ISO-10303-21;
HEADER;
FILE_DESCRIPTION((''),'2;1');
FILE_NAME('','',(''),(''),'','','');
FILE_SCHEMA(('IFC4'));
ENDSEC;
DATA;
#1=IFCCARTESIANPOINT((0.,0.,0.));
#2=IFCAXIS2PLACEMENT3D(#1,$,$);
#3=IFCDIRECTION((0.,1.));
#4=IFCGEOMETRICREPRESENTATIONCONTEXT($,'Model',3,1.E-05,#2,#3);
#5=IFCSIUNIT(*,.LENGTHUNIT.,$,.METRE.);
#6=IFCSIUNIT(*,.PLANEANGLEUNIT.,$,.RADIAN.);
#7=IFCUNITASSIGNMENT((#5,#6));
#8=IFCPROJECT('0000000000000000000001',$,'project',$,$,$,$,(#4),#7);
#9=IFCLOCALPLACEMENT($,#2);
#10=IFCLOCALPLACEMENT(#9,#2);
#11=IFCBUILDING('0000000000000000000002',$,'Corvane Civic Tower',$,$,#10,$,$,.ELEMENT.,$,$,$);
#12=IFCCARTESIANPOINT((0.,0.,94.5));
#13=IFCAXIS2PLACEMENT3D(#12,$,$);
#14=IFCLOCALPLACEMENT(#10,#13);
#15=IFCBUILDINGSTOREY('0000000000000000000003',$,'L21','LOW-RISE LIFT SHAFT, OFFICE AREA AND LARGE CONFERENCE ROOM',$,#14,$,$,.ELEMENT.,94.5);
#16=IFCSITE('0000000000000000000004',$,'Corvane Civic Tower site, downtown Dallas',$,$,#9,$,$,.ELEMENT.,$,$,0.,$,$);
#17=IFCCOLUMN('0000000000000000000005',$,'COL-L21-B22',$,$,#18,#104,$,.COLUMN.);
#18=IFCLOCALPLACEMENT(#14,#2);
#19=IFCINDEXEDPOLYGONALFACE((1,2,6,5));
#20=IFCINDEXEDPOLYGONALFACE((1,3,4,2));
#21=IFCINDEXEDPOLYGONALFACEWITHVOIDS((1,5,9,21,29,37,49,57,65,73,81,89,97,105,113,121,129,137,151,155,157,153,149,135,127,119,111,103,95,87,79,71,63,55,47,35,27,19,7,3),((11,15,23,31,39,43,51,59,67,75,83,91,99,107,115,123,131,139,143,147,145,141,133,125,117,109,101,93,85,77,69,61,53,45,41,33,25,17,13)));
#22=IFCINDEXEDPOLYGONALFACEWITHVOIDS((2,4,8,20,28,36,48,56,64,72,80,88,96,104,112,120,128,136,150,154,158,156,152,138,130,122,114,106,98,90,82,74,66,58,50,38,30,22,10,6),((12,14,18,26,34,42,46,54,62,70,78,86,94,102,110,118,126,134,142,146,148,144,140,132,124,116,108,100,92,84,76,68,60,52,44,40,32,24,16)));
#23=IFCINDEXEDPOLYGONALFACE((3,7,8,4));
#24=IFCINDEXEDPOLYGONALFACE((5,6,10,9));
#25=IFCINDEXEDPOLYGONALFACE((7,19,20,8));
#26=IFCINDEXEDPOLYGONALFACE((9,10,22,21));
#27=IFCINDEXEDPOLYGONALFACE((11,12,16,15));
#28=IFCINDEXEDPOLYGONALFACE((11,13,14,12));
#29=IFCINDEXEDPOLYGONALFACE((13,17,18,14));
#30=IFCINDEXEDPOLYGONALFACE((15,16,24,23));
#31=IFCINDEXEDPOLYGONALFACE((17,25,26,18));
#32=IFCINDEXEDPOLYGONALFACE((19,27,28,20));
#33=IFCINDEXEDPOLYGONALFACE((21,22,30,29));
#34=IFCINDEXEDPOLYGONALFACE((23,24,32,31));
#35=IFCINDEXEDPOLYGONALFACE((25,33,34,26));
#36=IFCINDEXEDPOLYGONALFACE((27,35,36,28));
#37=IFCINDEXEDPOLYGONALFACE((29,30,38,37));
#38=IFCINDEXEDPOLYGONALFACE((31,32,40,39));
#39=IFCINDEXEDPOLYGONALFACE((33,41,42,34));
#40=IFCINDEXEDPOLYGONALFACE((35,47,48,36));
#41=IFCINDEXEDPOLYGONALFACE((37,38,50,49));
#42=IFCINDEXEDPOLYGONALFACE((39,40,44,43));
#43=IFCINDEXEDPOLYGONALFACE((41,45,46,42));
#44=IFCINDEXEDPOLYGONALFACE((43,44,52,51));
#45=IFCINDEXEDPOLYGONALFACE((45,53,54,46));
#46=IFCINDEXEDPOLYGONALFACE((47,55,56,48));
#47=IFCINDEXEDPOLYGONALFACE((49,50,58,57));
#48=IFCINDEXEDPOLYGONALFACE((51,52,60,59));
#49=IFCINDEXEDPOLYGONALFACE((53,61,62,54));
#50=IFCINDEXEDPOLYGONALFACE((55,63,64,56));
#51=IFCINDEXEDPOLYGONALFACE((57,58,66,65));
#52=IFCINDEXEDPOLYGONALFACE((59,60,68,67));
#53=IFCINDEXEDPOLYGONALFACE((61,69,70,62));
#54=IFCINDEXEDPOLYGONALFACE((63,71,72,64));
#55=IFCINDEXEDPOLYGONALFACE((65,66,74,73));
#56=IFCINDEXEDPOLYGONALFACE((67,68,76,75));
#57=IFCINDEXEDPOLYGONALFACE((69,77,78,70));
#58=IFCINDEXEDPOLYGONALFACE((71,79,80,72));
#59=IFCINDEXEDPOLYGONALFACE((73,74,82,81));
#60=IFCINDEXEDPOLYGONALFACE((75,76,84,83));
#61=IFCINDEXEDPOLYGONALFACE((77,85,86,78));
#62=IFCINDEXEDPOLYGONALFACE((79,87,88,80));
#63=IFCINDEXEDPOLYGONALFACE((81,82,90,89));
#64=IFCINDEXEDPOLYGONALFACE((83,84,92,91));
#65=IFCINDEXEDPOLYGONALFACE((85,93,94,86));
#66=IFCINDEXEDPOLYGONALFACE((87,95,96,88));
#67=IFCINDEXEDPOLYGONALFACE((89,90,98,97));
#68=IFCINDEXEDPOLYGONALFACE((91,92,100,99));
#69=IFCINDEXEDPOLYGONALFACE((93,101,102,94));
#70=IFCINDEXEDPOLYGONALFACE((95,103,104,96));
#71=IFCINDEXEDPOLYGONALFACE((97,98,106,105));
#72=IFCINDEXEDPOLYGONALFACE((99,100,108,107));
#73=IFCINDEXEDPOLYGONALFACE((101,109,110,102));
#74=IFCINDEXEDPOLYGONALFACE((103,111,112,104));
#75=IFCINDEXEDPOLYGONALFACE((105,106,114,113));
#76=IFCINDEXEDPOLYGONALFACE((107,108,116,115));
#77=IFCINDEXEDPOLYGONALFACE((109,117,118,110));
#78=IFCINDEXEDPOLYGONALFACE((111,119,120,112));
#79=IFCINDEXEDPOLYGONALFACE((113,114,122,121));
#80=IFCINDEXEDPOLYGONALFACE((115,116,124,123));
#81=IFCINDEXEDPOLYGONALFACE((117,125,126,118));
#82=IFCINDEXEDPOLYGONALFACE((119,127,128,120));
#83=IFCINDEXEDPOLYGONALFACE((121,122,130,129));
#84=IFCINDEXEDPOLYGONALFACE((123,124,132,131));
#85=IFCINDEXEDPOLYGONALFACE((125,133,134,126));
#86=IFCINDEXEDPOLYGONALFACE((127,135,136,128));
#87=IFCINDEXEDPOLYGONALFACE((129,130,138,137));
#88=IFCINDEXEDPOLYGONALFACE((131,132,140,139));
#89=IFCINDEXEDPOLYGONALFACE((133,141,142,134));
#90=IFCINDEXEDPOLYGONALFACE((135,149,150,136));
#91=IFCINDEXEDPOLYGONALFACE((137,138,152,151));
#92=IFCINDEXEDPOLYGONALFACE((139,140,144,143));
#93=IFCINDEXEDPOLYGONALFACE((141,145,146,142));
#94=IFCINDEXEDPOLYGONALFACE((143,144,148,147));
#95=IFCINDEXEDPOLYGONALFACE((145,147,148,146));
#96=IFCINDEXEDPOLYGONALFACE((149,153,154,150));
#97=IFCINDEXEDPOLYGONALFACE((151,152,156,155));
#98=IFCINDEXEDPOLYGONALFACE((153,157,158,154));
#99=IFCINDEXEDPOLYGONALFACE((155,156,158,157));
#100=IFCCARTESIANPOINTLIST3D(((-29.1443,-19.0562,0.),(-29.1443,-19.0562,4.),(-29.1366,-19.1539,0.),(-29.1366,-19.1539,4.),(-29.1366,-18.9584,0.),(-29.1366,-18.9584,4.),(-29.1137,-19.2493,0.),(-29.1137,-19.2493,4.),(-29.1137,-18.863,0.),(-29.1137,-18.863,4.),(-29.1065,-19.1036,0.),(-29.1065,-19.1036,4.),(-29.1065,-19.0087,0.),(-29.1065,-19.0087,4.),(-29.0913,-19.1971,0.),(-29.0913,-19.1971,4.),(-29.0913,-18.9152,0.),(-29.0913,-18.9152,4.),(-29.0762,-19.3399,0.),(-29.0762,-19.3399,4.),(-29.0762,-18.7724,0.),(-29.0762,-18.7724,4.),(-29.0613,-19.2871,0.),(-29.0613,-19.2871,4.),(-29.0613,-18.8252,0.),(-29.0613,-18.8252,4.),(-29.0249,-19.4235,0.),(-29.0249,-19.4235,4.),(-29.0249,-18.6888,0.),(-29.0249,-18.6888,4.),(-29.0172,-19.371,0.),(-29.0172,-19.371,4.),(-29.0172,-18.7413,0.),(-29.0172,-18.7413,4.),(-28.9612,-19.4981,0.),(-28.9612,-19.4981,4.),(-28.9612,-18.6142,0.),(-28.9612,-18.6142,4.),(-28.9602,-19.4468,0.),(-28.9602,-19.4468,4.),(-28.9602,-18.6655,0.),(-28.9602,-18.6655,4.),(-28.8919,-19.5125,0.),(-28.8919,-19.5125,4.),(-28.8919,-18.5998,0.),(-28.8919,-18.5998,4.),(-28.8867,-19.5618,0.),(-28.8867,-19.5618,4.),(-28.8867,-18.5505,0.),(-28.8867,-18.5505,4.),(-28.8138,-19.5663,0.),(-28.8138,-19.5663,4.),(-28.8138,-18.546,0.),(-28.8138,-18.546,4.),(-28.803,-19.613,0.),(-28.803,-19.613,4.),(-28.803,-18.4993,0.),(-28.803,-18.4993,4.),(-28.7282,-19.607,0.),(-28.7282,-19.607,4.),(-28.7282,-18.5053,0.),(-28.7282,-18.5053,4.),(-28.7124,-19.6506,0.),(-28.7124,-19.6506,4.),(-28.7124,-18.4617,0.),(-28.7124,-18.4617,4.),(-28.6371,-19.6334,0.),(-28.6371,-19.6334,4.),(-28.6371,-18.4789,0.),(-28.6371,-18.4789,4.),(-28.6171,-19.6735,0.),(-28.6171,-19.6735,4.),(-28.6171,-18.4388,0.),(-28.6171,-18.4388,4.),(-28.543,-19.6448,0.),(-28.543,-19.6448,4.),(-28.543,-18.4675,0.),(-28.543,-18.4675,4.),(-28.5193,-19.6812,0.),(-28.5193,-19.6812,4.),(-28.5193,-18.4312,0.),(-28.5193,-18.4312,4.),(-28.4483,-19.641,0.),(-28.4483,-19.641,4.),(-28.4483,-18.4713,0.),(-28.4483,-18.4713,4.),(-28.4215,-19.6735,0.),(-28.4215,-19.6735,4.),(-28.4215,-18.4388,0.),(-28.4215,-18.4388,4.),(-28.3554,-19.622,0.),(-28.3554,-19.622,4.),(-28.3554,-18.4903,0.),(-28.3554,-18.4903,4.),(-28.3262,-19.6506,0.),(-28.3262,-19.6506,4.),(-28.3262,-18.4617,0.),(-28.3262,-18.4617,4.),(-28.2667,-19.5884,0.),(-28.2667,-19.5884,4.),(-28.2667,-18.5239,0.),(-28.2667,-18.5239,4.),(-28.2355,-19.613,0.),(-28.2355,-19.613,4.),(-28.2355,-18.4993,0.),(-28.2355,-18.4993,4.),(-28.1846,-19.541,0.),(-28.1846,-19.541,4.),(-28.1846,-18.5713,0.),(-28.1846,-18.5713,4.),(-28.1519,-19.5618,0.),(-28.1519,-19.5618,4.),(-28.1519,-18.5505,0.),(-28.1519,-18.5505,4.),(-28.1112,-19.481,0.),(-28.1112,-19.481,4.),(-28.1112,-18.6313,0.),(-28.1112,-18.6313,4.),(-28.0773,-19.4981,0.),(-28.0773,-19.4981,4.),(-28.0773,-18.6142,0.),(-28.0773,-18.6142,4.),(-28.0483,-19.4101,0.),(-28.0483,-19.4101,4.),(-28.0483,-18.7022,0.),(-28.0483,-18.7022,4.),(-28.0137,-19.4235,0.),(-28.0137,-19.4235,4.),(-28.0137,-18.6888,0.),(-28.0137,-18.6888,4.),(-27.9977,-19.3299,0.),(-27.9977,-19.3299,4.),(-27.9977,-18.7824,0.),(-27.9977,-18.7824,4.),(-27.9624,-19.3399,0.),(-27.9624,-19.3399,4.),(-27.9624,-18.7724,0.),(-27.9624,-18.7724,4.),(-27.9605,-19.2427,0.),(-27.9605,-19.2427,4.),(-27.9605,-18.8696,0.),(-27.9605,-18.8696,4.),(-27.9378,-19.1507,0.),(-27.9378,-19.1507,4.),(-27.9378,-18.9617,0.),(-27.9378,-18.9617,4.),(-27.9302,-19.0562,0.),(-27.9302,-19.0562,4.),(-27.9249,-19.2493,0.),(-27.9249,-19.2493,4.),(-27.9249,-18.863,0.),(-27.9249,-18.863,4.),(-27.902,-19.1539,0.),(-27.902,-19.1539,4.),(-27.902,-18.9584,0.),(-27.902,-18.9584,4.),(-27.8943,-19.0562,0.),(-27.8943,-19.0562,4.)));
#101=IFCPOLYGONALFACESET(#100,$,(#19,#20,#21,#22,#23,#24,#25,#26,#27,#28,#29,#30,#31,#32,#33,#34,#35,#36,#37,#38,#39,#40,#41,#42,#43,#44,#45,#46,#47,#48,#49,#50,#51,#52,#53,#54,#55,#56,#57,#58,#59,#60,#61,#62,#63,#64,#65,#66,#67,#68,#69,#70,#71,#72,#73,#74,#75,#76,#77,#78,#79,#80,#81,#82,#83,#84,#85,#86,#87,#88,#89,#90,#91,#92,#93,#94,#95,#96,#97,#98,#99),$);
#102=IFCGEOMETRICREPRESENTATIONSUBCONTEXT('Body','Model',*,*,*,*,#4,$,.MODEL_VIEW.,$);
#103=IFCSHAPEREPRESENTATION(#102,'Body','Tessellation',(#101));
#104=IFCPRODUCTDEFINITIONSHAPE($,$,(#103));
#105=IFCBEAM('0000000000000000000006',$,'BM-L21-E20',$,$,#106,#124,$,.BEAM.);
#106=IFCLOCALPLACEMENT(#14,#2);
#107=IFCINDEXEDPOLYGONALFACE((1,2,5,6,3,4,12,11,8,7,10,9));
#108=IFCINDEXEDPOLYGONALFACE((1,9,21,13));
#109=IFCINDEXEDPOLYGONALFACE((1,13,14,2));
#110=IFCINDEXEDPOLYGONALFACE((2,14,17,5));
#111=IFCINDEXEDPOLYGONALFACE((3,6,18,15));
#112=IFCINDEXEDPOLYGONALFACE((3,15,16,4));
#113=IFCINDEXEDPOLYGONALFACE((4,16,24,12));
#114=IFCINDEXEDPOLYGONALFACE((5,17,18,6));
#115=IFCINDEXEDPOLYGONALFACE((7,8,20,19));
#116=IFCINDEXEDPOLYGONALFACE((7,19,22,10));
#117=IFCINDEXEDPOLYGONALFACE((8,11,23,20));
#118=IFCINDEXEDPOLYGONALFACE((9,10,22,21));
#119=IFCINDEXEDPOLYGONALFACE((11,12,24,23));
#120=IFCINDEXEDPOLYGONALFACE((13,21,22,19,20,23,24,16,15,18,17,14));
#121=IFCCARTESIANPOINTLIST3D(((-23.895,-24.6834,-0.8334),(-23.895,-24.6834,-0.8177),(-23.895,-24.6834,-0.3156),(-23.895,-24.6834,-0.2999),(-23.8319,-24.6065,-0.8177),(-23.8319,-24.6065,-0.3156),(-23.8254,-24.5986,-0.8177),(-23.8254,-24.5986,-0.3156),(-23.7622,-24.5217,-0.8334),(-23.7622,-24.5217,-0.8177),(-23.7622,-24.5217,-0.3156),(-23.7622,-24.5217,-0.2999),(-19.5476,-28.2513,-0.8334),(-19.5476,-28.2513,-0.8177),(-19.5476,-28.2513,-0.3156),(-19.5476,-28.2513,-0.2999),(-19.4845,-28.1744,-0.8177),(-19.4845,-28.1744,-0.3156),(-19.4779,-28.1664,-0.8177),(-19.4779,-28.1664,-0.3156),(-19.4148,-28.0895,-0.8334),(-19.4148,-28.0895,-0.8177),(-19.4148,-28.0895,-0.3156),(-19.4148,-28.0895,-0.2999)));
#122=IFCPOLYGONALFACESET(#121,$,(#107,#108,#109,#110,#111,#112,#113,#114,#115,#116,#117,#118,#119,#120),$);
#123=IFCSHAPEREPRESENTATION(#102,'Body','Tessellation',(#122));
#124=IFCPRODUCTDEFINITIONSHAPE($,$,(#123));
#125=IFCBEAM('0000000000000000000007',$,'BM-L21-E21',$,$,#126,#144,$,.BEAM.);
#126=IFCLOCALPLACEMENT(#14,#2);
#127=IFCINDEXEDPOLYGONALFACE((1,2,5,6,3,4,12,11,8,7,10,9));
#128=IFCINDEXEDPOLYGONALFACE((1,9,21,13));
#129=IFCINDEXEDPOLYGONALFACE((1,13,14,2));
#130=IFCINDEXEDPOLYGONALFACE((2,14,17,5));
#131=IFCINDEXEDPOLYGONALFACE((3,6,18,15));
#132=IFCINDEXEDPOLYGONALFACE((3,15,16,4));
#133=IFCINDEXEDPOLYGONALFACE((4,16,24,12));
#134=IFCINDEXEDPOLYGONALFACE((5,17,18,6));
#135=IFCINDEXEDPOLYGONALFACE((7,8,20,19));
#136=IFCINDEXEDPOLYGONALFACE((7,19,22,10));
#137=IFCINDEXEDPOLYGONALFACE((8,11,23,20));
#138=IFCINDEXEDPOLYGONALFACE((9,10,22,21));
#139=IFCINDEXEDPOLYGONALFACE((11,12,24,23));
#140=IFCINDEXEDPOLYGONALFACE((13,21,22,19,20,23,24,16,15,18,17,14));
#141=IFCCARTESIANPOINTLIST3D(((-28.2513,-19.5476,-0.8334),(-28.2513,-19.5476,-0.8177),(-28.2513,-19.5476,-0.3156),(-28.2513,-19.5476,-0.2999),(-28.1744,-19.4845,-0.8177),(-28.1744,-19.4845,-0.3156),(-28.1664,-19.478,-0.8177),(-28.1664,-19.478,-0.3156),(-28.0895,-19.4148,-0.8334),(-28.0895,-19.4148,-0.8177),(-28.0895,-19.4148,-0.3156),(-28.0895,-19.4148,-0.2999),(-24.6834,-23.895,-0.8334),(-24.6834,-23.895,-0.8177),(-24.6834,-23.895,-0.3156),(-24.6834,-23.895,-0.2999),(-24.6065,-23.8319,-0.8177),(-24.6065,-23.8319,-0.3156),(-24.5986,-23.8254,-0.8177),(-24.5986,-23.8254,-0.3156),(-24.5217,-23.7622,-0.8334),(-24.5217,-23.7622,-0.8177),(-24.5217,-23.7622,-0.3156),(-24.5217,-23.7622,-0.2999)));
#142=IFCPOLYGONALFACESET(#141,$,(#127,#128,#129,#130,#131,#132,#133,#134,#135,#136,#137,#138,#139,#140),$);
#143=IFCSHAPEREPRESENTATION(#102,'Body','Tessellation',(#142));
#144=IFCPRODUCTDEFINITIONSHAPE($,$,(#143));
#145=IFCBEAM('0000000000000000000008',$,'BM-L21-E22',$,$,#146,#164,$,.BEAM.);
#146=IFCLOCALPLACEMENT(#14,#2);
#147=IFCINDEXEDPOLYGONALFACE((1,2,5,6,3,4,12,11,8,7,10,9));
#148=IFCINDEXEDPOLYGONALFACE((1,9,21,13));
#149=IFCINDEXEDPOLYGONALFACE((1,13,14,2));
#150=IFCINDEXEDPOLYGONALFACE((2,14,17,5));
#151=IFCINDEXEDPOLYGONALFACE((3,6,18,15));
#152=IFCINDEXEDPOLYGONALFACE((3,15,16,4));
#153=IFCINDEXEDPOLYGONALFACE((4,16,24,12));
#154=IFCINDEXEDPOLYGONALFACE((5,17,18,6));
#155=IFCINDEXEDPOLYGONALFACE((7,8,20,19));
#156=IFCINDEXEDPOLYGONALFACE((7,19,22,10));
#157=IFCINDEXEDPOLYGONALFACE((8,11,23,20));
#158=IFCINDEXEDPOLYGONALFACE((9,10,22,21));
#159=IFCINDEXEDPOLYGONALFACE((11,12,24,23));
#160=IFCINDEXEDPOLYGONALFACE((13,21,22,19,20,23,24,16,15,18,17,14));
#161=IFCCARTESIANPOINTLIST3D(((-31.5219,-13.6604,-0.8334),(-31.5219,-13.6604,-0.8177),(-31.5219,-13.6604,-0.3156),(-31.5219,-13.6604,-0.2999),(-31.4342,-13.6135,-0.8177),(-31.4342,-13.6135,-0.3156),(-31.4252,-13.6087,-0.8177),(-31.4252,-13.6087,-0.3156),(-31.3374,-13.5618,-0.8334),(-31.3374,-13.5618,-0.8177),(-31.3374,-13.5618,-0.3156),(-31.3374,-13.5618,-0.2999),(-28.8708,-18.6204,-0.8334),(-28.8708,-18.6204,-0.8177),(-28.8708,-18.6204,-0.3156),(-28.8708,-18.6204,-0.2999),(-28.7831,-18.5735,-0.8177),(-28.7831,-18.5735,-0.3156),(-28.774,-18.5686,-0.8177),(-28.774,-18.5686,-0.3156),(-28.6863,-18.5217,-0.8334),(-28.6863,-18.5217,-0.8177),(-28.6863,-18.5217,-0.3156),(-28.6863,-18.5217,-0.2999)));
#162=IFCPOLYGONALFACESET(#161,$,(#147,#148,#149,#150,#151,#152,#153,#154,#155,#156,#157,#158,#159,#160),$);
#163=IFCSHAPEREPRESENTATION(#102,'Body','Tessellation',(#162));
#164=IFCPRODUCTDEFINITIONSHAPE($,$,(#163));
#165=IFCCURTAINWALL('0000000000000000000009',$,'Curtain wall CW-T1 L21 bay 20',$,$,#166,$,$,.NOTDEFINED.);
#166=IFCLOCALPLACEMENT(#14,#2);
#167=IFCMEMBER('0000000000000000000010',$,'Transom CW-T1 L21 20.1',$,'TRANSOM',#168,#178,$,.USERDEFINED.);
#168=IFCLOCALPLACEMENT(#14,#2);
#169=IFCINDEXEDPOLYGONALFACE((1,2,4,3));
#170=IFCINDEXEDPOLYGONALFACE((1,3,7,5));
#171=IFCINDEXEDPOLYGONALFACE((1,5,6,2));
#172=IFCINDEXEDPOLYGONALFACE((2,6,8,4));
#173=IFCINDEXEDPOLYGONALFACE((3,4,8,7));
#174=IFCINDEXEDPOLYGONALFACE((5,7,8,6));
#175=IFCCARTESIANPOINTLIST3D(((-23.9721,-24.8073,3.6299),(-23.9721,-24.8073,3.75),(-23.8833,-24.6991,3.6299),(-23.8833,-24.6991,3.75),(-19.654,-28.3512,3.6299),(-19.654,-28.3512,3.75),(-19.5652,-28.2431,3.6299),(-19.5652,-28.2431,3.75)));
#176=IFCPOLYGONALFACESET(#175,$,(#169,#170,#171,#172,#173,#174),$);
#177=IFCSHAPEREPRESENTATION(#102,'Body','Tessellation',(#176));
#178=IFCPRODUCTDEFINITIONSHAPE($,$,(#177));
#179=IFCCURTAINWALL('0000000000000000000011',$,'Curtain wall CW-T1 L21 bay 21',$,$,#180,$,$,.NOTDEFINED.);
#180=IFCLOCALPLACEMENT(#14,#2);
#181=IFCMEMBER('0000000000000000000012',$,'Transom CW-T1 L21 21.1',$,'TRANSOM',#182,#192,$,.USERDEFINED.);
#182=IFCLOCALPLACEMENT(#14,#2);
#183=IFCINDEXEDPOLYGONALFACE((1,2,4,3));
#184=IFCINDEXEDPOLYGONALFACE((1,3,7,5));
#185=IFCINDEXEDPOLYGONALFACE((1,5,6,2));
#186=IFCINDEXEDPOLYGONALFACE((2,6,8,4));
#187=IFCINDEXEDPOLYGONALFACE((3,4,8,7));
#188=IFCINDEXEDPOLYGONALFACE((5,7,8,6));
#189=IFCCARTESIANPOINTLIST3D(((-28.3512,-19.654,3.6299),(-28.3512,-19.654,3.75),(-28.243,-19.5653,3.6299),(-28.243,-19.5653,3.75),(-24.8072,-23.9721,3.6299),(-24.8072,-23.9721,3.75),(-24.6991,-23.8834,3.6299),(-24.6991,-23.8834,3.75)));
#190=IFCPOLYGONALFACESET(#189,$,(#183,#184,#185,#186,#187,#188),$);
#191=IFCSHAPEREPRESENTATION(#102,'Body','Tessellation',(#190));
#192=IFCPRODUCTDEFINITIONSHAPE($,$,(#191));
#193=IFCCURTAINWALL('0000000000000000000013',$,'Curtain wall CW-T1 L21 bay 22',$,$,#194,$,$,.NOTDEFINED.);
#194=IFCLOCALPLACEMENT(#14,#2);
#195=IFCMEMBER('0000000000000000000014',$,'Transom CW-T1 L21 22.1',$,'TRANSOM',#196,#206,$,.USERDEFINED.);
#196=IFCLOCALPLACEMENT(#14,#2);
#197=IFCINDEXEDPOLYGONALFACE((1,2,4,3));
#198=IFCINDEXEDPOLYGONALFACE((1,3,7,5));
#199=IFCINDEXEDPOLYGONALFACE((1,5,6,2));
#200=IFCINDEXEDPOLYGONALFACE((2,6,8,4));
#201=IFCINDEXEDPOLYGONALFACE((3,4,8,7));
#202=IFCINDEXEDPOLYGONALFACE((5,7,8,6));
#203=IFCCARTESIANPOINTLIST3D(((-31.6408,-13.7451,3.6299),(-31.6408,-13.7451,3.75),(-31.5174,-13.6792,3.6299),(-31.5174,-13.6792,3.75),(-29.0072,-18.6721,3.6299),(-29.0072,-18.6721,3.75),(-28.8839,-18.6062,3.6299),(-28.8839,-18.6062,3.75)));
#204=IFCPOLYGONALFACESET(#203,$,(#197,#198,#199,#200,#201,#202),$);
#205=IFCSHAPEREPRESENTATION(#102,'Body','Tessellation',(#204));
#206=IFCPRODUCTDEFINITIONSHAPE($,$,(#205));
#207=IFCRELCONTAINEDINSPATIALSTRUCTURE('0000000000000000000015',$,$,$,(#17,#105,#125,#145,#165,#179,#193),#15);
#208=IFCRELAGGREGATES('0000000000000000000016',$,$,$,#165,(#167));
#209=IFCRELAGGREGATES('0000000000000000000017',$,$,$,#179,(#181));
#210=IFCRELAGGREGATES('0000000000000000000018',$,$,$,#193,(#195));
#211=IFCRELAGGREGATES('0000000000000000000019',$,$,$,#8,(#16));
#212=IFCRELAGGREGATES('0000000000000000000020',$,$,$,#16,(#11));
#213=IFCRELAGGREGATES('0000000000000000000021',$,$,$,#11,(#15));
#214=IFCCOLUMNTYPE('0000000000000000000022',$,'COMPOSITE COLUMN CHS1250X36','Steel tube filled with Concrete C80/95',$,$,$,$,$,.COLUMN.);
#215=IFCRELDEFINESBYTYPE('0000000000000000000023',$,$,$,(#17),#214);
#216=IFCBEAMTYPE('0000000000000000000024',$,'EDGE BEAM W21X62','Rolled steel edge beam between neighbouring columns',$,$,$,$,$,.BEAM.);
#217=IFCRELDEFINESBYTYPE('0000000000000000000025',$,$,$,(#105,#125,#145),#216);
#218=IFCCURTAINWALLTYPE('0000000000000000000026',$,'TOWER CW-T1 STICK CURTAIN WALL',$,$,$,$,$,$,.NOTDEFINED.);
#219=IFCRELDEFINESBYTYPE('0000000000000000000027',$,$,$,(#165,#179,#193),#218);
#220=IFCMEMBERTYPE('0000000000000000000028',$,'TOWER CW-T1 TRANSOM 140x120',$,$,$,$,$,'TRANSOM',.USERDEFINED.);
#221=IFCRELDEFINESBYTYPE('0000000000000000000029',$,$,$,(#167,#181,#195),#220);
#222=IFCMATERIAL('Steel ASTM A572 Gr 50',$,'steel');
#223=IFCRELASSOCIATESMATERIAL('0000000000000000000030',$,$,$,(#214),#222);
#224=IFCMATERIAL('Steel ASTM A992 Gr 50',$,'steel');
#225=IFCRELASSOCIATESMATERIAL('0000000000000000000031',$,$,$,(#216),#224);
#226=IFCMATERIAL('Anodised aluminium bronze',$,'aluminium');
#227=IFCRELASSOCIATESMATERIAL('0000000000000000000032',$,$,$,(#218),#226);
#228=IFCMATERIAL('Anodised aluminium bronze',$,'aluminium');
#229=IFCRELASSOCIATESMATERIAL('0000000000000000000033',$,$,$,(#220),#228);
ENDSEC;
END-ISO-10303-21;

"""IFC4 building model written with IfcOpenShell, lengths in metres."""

from ifc_helpers import new_model, si_unit, direction, frame, origin, origin_2d, place, context, subcontext, project, spatial, rectangle, hollow_circle, i_section, extrude, material, material_profile, profile_set, type_object, element, aggregate, save


model = new_model("IFC4")

# Units and contexts
model_context = context("Model", 3, precision=1e-05, world=origin(), true_north=direction((0.0, 1.0)))
body_context = subcontext(model_context, "Body", "Model", "MODEL_VIEW")
ifc_project = project(units=[si_unit("LENGTHUNIT", "METRE"), si_unit("PLANEANGLEUNIT", "RADIAN")], contexts=[model_context])

# Site, building, storey
site_placement = place(None, origin())
site = spatial("IfcSite", under=ifc_project, at=site_placement, Name="Corvane Civic Tower site, downtown Dallas", CompositionType="ELEMENT", RefElevation=0.0)
building_placement = place(site_placement, origin())
building = spatial("IfcBuilding", under=site, at=building_placement, Name="Corvane Civic Tower", CompositionType="ELEMENT")
storey_placement = place(building_placement, frame((0.0, 0.0, 94.5)))
storey = spatial("IfcBuildingStorey", under=building, at=storey_placement, Name="L21", Description="LOW-RISE LIFT SHAFT, OFFICE AREA AND LARGE CONFERENCE ROOM", CompositionType="ELEMENT", Elevation=94.5)

# Column
ifc_material_1 = material(Name="Steel ASTM A572 Gr 50", Category="steel")
ifc_material_profile_1 = material_profile(ifc_material_1, hollow_circle(Radius=0.625, WallThickness=0.0359, at=origin_2d()), Name="CHS1250X36")
ifc_profile_set_1 = profile_set([ifc_material_profile_1], Name="Steel ASTM A572 Gr 50")
column_type = type_object("IfcColumnType", Name="COMPOSITE COLUMN CHS1250X36", Description="Steel tube filled with Concrete C80/95", PredefinedType="COLUMN", material=ifc_profile_set_1)
for number, where, z_axis, x_axis, name in (
    (1, (-28.5193, -19.0562, 0.0), (0.0, 0.0, 1.0), (1.0, 0.0, 0.0), "COL-L21-B22"),
):
    element("IfcColumn", number, at=place(storey_placement, frame(where, z_axis=z_axis, x_axis=x_axis)), inside=storey, type_object=column_type, Name=name, PredefinedType="COLUMN", context=body_context, shape_type="SweptSolid", body=[
        extrude(hollow_circle(Radius=0.625, WallThickness=0.0359, at=origin_2d()), origin(), (0.0, 0.0, 1.0), 4.0),
    ])

# Beams
ifc_material_2 = material(Name="Steel ASTM A992 Gr 50", Category="steel")
ifc_material_profile_2 = material_profile(ifc_material_2, i_section(OverallWidth=0.2092, OverallDepth=0.5334, WebThickness=0.0103, FlangeThickness=0.0156, at=origin_2d()), Name="W21X62")
ifc_profile_set_2 = profile_set([ifc_material_profile_2], Name="Steel ASTM A992 Gr 50")
beam_type = type_object("IfcBeamType", Name="EDGE BEAM W21X62", Description="Rolled steel edge beam between neighbouring columns", PredefinedType="BEAM", material=ifc_profile_set_2)
for number, where, z_axis, x_axis, name in (
    (2, (-19.4812, -28.1704, -0.5667), (-0.773007, 0.634398, 0.0), (-0.634398, -0.773007, 0.0), "BM-L21-E20"),
    (3, (-24.6025, -23.8286, -0.5667), (-0.634398, 0.773007, 0.0), (-0.773007, -0.634398, 0.0), "BM-L21-E21"),
    (4, (-28.7786, -18.571, -0.5667), (-0.471392, 0.881924, 0.0), (-0.881924, -0.471392, 0.0), "BM-L21-E22"),
):
    element("IfcBeam", number, at=place(storey_placement, frame(where, z_axis=z_axis, x_axis=x_axis)), inside=storey, type_object=beam_type, Name=name, PredefinedType="BEAM", context=body_context, shape_type="SweptSolid", body=[
        extrude(i_section(OverallWidth=0.2092, OverallDepth=0.5334, WebThickness=0.0103, FlangeThickness=0.0156, at=origin_2d()), origin(), (0.0, 0.0, 1.0), 5.624),
    ])

# Curtain walls, members
ifc_material_3 = material(Name="Anodised aluminium bronze", Category="aluminium")
curtain_wall_type = type_object("IfcCurtainWallType", Name="TOWER CW-T1 STICK CURTAIN WALL", PredefinedType="NOTDEFINED", material=ifc_material_3)
curtain_wall_1_placement = place(storey_placement, origin())
curtain_wall_1 = element("IfcCurtainWall", 5, at=curtain_wall_1_placement, inside=storey, type_object=curtain_wall_type, Name="Curtain wall CW-T1 L21 bay 20", PredefinedType="NOTDEFINED")
ifc_material_4 = material(Name="Anodised aluminium bronze", Category="aluminium")
ifc_material_profile_3 = material_profile(ifc_material_4, rectangle(XDim=0.1399, YDim=0.1201, at=origin_2d()), Name="TOWER CW-T1 TRANSOM 140x120")
ifc_profile_set_3 = profile_set([ifc_material_profile_3], Name="Anodised aluminium bronze")
member_type = type_object("IfcMemberType", Name="TOWER CW-T1 TRANSOM 140x120", ElementType="TRANSOM", PredefinedType="USERDEFINED", material=ifc_profile_set_3)
member_1_placement = place(storey_placement, frame((-19.6096, -28.2971, 3.6899), z_axis=(-0.772996, 0.63441, 0.0), x_axis=(-0.63441, -0.772996, 0.0)))
member_1 = element("IfcMember", 6, at=member_1_placement, type_object=member_type, Name="Transom CW-T1 L21 20.1", ObjectType="TRANSOM", PredefinedType="USERDEFINED", context=body_context, shape_type="SweptSolid", body=[
    extrude(rectangle(XDim=0.1399, YDim=0.1201, at=origin_2d()), origin(), (0.0, 0.0, 1.0), 5.5862),
])
curtain_wall_2_placement = place(storey_placement, origin())
curtain_wall_2 = element("IfcCurtainWall", 7, at=curtain_wall_2_placement, inside=storey, type_object=curtain_wall_type, Name="Curtain wall CW-T1 L21 bay 21", PredefinedType="NOTDEFINED")
member_2_placement = place(storey_placement, frame((-24.7532, -23.9277, 3.6899), z_axis=(-0.63441, 0.772996, 0.0), x_axis=(-0.772996, -0.63441, 0.0)))
member_2 = element("IfcMember", 8, at=member_2_placement, type_object=member_type, Name="Transom CW-T1 L21 21.1", ObjectType="TRANSOM", PredefinedType="USERDEFINED", context=body_context, shape_type="SweptSolid", body=[
    extrude(rectangle(XDim=0.1399, YDim=0.1201, at=origin_2d()), origin(), (0.0, 0.0, 1.0), 5.5862),
])
curtain_wall_3_placement = place(storey_placement, origin())
curtain_wall_3 = element("IfcCurtainWall", 9, at=curtain_wall_3_placement, inside=storey, type_object=curtain_wall_type, Name="Curtain wall CW-T1 L21 bay 22", PredefinedType="NOTDEFINED")
member_3_placement = place(storey_placement, frame((-28.9456, -18.6392, 3.6899), z_axis=(-0.471398, 0.881921, 0.0), x_axis=(-0.881921, -0.471398, 0.0)))
member_3 = element("IfcMember", 10, at=member_3_placement, type_object=member_type, Name="Transom CW-T1 L21 22.1", ObjectType="TRANSOM", PredefinedType="USERDEFINED", context=body_context, shape_type="SweptSolid", body=[
    extrude(rectangle(XDim=0.1399, YDim=0.1201, at=origin_2d()), origin(), (0.0, 0.0, 1.0), 5.5867),
])

aggregate(curtain_wall_1, [member_1])
aggregate(curtain_wall_2, [member_2])
aggregate(curtain_wall_3, [member_3])

save(model, "model.ifc")
